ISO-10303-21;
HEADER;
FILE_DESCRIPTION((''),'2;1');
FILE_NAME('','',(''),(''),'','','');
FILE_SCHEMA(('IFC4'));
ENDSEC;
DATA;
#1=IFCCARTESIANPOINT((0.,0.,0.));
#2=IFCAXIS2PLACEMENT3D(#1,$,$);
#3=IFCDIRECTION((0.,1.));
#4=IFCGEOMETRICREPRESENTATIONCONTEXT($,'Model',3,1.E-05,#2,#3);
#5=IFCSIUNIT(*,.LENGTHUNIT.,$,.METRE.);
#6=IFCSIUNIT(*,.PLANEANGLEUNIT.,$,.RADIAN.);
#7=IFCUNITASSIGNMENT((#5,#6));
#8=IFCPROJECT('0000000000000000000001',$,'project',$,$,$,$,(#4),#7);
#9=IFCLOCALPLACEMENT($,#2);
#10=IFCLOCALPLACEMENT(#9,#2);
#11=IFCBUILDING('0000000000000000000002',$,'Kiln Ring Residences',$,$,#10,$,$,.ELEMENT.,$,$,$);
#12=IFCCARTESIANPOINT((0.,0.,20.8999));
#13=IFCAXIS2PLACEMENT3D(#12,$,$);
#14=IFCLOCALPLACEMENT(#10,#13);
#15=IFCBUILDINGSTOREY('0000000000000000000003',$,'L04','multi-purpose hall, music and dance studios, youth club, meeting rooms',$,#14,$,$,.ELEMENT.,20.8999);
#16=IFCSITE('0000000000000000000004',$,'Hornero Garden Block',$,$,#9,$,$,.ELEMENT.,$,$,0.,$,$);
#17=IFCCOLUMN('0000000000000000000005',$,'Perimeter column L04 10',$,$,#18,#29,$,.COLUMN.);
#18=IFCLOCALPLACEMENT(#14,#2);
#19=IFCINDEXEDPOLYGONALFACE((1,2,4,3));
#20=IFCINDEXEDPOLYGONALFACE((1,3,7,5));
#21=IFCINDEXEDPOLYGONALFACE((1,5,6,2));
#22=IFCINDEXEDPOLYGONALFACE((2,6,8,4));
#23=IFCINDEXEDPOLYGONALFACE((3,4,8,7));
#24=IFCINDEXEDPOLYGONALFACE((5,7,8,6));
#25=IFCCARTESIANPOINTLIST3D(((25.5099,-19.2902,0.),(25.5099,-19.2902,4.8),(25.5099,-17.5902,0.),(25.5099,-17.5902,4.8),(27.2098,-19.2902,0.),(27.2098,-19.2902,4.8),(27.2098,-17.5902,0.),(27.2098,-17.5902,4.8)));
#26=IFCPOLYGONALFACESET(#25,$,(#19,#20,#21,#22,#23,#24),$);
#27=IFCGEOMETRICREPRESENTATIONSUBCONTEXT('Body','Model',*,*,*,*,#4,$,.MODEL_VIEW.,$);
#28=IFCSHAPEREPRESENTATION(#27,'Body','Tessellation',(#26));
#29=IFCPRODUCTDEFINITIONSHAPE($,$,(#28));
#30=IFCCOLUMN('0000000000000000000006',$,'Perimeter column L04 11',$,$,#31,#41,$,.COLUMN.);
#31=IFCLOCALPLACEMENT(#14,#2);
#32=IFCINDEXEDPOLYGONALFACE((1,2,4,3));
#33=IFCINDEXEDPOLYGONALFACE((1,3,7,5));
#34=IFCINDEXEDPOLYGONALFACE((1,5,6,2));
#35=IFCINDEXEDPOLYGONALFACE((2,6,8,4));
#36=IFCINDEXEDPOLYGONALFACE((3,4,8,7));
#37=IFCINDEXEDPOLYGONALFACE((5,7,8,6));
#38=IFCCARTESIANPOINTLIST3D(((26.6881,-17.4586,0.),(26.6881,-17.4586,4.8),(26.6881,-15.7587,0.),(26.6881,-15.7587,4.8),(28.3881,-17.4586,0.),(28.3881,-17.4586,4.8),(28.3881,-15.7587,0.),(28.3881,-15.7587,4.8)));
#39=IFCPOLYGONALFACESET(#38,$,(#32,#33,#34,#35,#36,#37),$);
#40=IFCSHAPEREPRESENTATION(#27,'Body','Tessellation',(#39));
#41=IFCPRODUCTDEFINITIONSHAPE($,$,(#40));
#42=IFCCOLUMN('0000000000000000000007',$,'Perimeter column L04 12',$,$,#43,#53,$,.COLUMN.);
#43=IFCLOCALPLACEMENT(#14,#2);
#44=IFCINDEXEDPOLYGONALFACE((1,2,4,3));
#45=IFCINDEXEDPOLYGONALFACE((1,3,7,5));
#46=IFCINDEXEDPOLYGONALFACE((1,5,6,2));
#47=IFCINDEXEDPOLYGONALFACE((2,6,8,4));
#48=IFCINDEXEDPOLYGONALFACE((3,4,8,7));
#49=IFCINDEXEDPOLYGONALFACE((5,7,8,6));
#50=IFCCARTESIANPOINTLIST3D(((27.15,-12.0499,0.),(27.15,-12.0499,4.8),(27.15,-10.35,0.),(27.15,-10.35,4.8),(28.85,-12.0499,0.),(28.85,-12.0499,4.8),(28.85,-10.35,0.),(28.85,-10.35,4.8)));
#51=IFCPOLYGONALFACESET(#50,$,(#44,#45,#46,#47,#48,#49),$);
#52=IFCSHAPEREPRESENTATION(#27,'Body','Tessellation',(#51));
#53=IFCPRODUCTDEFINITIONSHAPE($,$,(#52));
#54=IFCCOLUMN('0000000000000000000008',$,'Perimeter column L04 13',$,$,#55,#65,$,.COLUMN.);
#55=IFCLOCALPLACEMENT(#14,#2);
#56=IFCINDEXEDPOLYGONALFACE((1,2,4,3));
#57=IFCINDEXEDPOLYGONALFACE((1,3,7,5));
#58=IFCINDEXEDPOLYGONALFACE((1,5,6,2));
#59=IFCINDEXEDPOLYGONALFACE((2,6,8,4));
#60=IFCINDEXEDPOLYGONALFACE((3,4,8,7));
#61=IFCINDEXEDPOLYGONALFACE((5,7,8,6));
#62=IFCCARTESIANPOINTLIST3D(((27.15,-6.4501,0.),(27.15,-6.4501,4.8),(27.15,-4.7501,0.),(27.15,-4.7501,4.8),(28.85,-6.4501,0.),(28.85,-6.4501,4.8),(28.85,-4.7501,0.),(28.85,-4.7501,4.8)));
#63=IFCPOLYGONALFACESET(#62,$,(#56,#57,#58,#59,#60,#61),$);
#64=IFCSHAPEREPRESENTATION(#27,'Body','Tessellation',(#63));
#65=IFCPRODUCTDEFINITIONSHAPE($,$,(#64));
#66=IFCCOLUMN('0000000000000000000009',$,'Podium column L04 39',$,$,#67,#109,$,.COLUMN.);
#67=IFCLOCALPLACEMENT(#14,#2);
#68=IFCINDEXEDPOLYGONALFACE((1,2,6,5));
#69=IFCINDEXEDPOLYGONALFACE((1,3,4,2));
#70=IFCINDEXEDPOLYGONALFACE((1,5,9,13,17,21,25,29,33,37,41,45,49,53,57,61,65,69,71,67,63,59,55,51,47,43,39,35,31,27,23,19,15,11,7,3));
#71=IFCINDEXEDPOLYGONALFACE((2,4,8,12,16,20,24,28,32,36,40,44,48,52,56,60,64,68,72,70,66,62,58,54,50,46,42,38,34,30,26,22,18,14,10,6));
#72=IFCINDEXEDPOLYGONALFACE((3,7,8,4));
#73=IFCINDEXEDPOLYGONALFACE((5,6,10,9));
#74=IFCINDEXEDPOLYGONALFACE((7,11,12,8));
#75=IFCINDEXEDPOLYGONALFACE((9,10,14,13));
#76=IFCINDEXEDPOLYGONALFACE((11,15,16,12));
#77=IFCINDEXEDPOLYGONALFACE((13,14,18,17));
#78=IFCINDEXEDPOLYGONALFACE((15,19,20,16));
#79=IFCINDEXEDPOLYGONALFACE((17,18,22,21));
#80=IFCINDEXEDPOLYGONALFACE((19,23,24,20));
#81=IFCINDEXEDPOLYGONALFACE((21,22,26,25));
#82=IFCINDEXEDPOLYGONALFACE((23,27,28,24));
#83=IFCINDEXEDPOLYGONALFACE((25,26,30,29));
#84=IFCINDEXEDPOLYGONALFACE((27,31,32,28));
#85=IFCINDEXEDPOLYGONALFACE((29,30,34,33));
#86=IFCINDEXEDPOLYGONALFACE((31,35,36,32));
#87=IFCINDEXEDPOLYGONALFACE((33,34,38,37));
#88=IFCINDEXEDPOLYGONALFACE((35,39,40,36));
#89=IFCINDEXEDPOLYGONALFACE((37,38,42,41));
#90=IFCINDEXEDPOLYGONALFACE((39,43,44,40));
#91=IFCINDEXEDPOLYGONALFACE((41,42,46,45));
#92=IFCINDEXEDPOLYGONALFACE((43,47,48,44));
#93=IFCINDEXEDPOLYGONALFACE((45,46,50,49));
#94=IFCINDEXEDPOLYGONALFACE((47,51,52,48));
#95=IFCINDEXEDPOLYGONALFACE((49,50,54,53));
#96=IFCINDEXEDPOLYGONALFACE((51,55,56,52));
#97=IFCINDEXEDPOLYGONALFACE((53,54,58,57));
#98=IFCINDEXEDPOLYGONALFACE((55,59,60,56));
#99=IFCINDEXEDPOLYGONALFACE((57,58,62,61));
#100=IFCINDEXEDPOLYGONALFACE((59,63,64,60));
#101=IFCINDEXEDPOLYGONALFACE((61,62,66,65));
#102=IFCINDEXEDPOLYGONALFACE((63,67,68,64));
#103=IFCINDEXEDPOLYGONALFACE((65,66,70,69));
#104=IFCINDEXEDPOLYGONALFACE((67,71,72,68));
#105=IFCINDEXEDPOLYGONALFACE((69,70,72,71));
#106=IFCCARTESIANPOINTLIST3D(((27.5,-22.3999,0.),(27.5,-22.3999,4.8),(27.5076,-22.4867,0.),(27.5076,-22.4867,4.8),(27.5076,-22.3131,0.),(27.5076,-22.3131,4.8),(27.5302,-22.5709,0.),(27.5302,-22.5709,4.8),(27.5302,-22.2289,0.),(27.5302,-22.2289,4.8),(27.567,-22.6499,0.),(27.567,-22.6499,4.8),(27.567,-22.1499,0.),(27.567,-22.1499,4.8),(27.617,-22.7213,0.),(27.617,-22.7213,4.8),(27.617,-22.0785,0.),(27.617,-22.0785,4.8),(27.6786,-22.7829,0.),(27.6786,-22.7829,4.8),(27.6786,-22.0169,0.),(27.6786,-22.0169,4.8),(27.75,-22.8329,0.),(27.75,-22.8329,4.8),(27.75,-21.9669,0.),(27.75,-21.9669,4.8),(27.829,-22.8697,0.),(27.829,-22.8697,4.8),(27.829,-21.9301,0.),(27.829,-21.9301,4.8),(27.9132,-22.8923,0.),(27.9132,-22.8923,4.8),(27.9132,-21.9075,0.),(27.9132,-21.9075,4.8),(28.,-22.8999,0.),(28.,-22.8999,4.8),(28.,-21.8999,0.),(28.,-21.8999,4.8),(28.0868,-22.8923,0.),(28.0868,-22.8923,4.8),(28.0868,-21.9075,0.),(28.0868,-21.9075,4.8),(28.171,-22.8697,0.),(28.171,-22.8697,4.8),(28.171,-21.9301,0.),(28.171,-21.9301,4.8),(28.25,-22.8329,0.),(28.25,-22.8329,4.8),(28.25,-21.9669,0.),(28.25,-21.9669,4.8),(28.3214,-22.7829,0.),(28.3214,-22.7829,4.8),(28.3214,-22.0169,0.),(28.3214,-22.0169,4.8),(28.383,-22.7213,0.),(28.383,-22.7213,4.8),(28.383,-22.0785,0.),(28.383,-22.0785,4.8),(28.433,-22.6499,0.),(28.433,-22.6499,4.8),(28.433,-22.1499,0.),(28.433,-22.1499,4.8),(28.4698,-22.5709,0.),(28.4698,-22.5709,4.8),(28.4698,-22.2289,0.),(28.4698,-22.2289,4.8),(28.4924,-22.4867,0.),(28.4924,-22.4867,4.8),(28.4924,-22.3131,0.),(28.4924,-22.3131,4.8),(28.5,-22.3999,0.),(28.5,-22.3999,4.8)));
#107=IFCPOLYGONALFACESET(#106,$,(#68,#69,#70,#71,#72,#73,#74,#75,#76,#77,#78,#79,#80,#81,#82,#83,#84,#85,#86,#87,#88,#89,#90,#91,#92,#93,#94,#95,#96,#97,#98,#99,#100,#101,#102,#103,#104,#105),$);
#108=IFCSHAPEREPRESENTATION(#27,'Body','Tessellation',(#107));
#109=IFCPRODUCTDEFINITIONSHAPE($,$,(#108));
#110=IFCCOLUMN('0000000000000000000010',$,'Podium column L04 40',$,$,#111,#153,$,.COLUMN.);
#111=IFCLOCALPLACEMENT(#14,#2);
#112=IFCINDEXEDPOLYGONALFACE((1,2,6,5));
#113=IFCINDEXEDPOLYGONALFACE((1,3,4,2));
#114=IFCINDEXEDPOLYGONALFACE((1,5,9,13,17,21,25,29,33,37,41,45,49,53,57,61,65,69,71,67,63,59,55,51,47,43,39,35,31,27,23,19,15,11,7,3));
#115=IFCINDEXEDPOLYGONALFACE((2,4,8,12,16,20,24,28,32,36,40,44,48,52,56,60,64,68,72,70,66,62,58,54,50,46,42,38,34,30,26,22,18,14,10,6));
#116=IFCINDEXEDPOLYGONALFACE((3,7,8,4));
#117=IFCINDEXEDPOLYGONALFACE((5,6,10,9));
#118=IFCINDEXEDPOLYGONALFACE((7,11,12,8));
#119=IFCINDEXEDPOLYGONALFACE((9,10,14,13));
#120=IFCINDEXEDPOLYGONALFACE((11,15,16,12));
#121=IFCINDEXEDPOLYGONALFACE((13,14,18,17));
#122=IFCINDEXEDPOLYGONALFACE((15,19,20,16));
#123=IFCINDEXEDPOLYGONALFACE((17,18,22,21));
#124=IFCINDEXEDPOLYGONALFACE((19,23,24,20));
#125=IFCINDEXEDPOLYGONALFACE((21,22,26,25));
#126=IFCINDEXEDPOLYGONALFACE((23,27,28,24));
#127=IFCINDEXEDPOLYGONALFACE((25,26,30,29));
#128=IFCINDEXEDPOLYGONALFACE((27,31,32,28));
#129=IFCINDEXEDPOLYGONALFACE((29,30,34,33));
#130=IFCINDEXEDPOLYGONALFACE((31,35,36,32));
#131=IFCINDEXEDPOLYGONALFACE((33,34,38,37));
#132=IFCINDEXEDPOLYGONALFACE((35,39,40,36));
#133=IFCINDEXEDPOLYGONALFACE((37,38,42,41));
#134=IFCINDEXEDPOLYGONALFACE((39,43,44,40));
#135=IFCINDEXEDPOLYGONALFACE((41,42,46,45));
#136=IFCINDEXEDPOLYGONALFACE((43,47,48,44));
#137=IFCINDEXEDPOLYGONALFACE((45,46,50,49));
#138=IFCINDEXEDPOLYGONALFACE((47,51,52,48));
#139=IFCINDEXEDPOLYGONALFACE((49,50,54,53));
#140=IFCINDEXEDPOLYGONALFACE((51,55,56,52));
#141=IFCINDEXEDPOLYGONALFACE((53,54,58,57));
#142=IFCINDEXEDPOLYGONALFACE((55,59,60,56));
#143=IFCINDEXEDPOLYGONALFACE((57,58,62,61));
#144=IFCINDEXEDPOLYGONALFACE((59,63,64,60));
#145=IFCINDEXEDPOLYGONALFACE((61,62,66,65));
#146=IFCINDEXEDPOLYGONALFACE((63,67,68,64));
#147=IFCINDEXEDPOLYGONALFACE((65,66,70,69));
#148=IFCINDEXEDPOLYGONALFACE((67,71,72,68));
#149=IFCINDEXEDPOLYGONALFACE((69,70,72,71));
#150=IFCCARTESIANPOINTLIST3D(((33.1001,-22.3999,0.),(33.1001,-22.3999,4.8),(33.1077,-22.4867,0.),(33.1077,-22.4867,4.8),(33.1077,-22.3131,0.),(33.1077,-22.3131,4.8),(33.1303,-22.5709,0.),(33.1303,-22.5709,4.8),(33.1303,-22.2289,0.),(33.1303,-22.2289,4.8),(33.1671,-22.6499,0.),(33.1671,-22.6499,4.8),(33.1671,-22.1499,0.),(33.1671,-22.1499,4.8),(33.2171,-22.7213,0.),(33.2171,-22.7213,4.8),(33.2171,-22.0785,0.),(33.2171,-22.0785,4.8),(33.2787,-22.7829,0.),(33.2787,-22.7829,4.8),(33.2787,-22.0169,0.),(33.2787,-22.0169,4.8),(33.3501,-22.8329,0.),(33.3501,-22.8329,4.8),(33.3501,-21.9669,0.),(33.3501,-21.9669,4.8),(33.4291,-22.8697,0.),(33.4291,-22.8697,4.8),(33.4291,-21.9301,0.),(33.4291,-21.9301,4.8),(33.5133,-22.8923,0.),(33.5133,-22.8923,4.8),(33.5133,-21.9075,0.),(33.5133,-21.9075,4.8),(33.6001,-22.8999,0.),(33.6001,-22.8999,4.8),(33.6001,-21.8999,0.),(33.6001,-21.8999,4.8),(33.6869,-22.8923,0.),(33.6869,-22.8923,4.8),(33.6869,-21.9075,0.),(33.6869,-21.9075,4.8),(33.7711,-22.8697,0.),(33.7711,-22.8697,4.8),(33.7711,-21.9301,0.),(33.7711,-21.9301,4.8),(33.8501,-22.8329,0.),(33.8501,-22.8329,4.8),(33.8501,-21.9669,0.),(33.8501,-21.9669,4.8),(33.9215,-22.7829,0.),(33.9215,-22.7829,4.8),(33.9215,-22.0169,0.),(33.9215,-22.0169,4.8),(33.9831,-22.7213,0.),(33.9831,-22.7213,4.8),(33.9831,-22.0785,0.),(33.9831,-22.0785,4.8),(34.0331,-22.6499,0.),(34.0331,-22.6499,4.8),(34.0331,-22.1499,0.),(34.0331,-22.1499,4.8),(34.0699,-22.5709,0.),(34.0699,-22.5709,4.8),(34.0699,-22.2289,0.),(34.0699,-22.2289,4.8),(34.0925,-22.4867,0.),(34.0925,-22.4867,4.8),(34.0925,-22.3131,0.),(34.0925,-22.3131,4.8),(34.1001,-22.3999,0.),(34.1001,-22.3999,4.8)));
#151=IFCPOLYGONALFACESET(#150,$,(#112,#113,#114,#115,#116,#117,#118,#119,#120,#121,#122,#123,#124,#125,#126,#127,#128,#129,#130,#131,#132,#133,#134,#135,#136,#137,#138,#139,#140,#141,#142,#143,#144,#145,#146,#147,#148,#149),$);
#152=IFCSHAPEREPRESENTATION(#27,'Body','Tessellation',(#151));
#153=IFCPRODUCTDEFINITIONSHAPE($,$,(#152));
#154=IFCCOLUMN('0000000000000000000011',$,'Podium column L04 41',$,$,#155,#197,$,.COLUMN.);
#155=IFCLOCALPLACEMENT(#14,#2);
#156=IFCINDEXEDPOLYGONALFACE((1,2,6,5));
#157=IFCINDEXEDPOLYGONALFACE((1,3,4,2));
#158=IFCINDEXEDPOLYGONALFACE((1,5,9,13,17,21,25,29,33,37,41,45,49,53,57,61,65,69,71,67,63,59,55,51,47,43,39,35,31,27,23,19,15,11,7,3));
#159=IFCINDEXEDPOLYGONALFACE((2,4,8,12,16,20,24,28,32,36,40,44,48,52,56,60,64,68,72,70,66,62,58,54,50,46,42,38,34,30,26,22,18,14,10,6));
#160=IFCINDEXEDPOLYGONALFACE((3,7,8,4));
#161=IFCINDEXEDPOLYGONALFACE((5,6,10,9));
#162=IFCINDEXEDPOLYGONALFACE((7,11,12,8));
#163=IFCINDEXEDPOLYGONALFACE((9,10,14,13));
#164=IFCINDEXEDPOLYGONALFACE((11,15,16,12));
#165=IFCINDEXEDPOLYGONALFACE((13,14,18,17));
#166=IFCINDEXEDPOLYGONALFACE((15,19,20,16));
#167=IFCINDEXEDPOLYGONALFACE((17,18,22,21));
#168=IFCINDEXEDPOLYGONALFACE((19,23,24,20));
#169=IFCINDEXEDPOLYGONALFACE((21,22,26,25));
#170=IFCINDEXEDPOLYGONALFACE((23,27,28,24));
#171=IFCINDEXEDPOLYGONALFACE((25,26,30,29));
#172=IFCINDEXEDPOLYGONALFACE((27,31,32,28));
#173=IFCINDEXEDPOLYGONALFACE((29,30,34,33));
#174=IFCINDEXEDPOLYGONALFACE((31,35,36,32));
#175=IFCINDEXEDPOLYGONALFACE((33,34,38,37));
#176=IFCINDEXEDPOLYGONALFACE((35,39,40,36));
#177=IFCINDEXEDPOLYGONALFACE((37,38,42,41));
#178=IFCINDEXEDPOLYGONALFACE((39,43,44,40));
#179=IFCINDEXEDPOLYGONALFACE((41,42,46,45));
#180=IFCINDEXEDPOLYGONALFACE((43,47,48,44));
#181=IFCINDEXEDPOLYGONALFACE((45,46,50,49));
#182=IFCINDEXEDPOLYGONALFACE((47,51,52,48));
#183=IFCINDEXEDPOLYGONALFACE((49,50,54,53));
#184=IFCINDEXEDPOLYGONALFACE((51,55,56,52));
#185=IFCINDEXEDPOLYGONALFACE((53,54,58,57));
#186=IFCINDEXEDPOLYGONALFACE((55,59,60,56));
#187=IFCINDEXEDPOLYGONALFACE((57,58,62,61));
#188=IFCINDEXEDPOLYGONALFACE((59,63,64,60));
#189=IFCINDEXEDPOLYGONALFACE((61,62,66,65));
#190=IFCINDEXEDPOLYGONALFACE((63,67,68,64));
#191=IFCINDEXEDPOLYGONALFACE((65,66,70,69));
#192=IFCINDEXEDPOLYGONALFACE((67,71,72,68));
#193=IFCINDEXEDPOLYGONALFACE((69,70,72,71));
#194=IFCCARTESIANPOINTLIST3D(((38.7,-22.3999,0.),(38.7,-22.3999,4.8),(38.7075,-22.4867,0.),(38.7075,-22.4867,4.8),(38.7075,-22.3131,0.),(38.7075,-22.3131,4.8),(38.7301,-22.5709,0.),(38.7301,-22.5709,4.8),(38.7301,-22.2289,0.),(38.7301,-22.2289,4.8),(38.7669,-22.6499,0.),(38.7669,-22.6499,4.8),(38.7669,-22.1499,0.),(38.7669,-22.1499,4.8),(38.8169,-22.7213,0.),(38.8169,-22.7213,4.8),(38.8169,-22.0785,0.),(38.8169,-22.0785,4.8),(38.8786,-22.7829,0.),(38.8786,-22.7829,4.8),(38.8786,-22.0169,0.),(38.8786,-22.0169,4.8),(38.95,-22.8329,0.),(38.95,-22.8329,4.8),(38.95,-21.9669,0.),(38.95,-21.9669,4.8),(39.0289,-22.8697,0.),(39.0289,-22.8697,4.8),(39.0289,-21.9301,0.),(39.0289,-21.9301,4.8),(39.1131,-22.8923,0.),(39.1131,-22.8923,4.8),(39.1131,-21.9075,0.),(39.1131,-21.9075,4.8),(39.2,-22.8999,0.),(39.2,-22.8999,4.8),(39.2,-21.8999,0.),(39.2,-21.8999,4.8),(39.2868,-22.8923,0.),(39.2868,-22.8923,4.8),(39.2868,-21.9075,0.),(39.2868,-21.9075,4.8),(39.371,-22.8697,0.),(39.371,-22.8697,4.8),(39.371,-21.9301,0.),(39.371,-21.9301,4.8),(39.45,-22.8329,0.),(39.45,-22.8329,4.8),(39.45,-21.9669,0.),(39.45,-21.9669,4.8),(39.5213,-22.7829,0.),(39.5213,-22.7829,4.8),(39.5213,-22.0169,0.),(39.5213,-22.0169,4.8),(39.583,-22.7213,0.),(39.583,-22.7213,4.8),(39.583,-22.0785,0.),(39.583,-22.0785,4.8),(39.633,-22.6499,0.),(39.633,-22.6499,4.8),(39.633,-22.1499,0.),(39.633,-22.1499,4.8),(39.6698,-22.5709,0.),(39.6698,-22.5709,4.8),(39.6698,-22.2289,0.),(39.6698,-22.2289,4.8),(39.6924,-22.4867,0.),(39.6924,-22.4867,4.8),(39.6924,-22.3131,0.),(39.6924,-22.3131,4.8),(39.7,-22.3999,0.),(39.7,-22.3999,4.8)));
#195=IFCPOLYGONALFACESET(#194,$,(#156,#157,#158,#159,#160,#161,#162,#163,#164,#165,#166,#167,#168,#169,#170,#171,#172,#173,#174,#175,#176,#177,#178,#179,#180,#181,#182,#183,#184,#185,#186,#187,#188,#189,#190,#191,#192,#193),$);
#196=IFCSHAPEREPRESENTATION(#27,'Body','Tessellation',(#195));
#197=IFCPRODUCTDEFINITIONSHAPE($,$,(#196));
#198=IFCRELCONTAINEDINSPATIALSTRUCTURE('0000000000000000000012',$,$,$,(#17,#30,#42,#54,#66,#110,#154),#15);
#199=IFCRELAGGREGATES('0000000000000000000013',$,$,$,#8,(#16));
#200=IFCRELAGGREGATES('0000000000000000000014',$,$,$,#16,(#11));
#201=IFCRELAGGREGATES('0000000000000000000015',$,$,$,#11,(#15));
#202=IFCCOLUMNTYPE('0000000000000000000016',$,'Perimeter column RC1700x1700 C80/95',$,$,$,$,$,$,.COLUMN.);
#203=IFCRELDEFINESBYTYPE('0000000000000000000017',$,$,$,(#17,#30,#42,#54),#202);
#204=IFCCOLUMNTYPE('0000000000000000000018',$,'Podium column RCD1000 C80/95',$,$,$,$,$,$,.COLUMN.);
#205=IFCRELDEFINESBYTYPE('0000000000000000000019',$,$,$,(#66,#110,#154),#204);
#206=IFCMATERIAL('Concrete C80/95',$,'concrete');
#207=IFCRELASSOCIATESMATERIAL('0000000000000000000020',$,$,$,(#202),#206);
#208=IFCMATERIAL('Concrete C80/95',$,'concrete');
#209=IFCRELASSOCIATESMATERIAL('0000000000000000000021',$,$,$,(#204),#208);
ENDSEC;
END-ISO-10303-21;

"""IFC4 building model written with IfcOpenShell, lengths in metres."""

from ifc_helpers import new_model, si_unit, direction, frame, origin, origin_2d, place, context, subcontext, project, spatial, rectangle, circle, extrude, material, material_profile, profile_set, type_object, element, save


model = new_model("IFC4")

# Units and contexts
model_context = context("Model", 3, precision=1e-05, world=origin(), true_north=direction((0.0, 1.0)))
body_context = subcontext(model_context, "Body", "Model", "MODEL_VIEW")
ifc_project = project(units=[si_unit("LENGTHUNIT", "METRE"), si_unit("PLANEANGLEUNIT", "RADIAN")], contexts=[model_context])

# Site, building, storey
site_placement = place(None, origin())
site = spatial("IfcSite", under=ifc_project, at=site_placement, Name="Hornero Garden Block", CompositionType="ELEMENT", RefElevation=0.0)
building_placement = place(site_placement, origin())
building = spatial("IfcBuilding", under=site, at=building_placement, Name="Kiln Ring Residences", CompositionType="ELEMENT")
storey_placement = place(building_placement, frame((0.0, 0.0, 20.8999)))
storey = spatial("IfcBuildingStorey", under=building, at=storey_placement, Name="L04", Description="multi-purpose hall, music and dance studios, youth club, meeting rooms", CompositionType="ELEMENT", Elevation=20.8999)

# Columns
ifc_material_1 = material(Name="Concrete C80/95", Category="concrete")
ifc_material_profile_1 = material_profile(ifc_material_1, rectangle(XDim=1.7, YDim=1.7, at=origin_2d()), Name="RC1700x1700")
ifc_profile_set_1 = profile_set([ifc_material_profile_1], Name="Concrete C80/95")
column_type_1 = type_object("IfcColumnType", Name="Perimeter column RC1700x1700 C80/95", PredefinedType="COLUMN", material=ifc_profile_set_1)
for number, where, z_axis, x_axis, name in (
    (1, (26.3599, -18.4402, 0.0), (0.0, 0.0, 1.0), (1.0, 0.0, 0.0), "Perimeter column L04 10"),
    (2, (27.5381, -16.6086, 0.0), (0.0, 0.0, 1.0), (1.0, 0.0, 0.0), "Perimeter column L04 11"),
    (3, (28.0, -11.2, 0.0), (0.0, 0.0, 1.0), (1.0, 0.0, 0.0), "Perimeter column L04 12"),
    (4, (28.0, -5.6001, 0.0), (0.0, 0.0, 1.0), (1.0, 0.0, 0.0), "Perimeter column L04 13"),
):
    element("IfcColumn", number, at=place(storey_placement, frame(where, z_axis=z_axis, x_axis=x_axis)), inside=storey, type_object=column_type_1, Name=name, PredefinedType="COLUMN", context=body_context, shape_type="SweptSolid", body=[
        extrude(rectangle(XDim=1.7, YDim=1.7, at=origin_2d()), origin(), (0.0, 0.0, 1.0), 4.8),
    ])
ifc_material_2 = material(Name="Concrete C80/95", Category="concrete")
ifc_material_profile_2 = material_profile(ifc_material_2, circle(Radius=0.5, at=origin_2d()), Name="RCD1000")
ifc_profile_set_2 = profile_set([ifc_material_profile_2], Name="Concrete C80/95")
column_type_2 = type_object("IfcColumnType", Name="Podium column RCD1000 C80/95", PredefinedType="COLUMN", material=ifc_profile_set_2)
for number, where, z_axis, x_axis, name in (
    (5, (28.0, -22.3999, 0.0), (0.0, 0.0, 1.0), (1.0, 0.0, 0.0), "Podium column L04 39"),
    (6, (33.6001, -22.3999, 0.0), (0.0, 0.0, 1.0), (1.0, 0.0, 0.0), "Podium column L04 40"),
    (7, (39.2, -22.3999, 0.0), (0.0, 0.0, 1.0), (1.0, 0.0, 0.0), "Podium column L04 41"),
):
    element("IfcColumn", number, at=place(storey_placement, frame(where, z_axis=z_axis, x_axis=x_axis)), inside=storey, type_object=column_type_2, Name=name, PredefinedType="COLUMN", context=body_context, shape_type="SweptSolid", body=[
        extrude(circle(Radius=0.5, at=origin_2d()), origin(), (0.0, 0.0, 1.0), 4.8),
    ])

save(model, "model.ifc")
